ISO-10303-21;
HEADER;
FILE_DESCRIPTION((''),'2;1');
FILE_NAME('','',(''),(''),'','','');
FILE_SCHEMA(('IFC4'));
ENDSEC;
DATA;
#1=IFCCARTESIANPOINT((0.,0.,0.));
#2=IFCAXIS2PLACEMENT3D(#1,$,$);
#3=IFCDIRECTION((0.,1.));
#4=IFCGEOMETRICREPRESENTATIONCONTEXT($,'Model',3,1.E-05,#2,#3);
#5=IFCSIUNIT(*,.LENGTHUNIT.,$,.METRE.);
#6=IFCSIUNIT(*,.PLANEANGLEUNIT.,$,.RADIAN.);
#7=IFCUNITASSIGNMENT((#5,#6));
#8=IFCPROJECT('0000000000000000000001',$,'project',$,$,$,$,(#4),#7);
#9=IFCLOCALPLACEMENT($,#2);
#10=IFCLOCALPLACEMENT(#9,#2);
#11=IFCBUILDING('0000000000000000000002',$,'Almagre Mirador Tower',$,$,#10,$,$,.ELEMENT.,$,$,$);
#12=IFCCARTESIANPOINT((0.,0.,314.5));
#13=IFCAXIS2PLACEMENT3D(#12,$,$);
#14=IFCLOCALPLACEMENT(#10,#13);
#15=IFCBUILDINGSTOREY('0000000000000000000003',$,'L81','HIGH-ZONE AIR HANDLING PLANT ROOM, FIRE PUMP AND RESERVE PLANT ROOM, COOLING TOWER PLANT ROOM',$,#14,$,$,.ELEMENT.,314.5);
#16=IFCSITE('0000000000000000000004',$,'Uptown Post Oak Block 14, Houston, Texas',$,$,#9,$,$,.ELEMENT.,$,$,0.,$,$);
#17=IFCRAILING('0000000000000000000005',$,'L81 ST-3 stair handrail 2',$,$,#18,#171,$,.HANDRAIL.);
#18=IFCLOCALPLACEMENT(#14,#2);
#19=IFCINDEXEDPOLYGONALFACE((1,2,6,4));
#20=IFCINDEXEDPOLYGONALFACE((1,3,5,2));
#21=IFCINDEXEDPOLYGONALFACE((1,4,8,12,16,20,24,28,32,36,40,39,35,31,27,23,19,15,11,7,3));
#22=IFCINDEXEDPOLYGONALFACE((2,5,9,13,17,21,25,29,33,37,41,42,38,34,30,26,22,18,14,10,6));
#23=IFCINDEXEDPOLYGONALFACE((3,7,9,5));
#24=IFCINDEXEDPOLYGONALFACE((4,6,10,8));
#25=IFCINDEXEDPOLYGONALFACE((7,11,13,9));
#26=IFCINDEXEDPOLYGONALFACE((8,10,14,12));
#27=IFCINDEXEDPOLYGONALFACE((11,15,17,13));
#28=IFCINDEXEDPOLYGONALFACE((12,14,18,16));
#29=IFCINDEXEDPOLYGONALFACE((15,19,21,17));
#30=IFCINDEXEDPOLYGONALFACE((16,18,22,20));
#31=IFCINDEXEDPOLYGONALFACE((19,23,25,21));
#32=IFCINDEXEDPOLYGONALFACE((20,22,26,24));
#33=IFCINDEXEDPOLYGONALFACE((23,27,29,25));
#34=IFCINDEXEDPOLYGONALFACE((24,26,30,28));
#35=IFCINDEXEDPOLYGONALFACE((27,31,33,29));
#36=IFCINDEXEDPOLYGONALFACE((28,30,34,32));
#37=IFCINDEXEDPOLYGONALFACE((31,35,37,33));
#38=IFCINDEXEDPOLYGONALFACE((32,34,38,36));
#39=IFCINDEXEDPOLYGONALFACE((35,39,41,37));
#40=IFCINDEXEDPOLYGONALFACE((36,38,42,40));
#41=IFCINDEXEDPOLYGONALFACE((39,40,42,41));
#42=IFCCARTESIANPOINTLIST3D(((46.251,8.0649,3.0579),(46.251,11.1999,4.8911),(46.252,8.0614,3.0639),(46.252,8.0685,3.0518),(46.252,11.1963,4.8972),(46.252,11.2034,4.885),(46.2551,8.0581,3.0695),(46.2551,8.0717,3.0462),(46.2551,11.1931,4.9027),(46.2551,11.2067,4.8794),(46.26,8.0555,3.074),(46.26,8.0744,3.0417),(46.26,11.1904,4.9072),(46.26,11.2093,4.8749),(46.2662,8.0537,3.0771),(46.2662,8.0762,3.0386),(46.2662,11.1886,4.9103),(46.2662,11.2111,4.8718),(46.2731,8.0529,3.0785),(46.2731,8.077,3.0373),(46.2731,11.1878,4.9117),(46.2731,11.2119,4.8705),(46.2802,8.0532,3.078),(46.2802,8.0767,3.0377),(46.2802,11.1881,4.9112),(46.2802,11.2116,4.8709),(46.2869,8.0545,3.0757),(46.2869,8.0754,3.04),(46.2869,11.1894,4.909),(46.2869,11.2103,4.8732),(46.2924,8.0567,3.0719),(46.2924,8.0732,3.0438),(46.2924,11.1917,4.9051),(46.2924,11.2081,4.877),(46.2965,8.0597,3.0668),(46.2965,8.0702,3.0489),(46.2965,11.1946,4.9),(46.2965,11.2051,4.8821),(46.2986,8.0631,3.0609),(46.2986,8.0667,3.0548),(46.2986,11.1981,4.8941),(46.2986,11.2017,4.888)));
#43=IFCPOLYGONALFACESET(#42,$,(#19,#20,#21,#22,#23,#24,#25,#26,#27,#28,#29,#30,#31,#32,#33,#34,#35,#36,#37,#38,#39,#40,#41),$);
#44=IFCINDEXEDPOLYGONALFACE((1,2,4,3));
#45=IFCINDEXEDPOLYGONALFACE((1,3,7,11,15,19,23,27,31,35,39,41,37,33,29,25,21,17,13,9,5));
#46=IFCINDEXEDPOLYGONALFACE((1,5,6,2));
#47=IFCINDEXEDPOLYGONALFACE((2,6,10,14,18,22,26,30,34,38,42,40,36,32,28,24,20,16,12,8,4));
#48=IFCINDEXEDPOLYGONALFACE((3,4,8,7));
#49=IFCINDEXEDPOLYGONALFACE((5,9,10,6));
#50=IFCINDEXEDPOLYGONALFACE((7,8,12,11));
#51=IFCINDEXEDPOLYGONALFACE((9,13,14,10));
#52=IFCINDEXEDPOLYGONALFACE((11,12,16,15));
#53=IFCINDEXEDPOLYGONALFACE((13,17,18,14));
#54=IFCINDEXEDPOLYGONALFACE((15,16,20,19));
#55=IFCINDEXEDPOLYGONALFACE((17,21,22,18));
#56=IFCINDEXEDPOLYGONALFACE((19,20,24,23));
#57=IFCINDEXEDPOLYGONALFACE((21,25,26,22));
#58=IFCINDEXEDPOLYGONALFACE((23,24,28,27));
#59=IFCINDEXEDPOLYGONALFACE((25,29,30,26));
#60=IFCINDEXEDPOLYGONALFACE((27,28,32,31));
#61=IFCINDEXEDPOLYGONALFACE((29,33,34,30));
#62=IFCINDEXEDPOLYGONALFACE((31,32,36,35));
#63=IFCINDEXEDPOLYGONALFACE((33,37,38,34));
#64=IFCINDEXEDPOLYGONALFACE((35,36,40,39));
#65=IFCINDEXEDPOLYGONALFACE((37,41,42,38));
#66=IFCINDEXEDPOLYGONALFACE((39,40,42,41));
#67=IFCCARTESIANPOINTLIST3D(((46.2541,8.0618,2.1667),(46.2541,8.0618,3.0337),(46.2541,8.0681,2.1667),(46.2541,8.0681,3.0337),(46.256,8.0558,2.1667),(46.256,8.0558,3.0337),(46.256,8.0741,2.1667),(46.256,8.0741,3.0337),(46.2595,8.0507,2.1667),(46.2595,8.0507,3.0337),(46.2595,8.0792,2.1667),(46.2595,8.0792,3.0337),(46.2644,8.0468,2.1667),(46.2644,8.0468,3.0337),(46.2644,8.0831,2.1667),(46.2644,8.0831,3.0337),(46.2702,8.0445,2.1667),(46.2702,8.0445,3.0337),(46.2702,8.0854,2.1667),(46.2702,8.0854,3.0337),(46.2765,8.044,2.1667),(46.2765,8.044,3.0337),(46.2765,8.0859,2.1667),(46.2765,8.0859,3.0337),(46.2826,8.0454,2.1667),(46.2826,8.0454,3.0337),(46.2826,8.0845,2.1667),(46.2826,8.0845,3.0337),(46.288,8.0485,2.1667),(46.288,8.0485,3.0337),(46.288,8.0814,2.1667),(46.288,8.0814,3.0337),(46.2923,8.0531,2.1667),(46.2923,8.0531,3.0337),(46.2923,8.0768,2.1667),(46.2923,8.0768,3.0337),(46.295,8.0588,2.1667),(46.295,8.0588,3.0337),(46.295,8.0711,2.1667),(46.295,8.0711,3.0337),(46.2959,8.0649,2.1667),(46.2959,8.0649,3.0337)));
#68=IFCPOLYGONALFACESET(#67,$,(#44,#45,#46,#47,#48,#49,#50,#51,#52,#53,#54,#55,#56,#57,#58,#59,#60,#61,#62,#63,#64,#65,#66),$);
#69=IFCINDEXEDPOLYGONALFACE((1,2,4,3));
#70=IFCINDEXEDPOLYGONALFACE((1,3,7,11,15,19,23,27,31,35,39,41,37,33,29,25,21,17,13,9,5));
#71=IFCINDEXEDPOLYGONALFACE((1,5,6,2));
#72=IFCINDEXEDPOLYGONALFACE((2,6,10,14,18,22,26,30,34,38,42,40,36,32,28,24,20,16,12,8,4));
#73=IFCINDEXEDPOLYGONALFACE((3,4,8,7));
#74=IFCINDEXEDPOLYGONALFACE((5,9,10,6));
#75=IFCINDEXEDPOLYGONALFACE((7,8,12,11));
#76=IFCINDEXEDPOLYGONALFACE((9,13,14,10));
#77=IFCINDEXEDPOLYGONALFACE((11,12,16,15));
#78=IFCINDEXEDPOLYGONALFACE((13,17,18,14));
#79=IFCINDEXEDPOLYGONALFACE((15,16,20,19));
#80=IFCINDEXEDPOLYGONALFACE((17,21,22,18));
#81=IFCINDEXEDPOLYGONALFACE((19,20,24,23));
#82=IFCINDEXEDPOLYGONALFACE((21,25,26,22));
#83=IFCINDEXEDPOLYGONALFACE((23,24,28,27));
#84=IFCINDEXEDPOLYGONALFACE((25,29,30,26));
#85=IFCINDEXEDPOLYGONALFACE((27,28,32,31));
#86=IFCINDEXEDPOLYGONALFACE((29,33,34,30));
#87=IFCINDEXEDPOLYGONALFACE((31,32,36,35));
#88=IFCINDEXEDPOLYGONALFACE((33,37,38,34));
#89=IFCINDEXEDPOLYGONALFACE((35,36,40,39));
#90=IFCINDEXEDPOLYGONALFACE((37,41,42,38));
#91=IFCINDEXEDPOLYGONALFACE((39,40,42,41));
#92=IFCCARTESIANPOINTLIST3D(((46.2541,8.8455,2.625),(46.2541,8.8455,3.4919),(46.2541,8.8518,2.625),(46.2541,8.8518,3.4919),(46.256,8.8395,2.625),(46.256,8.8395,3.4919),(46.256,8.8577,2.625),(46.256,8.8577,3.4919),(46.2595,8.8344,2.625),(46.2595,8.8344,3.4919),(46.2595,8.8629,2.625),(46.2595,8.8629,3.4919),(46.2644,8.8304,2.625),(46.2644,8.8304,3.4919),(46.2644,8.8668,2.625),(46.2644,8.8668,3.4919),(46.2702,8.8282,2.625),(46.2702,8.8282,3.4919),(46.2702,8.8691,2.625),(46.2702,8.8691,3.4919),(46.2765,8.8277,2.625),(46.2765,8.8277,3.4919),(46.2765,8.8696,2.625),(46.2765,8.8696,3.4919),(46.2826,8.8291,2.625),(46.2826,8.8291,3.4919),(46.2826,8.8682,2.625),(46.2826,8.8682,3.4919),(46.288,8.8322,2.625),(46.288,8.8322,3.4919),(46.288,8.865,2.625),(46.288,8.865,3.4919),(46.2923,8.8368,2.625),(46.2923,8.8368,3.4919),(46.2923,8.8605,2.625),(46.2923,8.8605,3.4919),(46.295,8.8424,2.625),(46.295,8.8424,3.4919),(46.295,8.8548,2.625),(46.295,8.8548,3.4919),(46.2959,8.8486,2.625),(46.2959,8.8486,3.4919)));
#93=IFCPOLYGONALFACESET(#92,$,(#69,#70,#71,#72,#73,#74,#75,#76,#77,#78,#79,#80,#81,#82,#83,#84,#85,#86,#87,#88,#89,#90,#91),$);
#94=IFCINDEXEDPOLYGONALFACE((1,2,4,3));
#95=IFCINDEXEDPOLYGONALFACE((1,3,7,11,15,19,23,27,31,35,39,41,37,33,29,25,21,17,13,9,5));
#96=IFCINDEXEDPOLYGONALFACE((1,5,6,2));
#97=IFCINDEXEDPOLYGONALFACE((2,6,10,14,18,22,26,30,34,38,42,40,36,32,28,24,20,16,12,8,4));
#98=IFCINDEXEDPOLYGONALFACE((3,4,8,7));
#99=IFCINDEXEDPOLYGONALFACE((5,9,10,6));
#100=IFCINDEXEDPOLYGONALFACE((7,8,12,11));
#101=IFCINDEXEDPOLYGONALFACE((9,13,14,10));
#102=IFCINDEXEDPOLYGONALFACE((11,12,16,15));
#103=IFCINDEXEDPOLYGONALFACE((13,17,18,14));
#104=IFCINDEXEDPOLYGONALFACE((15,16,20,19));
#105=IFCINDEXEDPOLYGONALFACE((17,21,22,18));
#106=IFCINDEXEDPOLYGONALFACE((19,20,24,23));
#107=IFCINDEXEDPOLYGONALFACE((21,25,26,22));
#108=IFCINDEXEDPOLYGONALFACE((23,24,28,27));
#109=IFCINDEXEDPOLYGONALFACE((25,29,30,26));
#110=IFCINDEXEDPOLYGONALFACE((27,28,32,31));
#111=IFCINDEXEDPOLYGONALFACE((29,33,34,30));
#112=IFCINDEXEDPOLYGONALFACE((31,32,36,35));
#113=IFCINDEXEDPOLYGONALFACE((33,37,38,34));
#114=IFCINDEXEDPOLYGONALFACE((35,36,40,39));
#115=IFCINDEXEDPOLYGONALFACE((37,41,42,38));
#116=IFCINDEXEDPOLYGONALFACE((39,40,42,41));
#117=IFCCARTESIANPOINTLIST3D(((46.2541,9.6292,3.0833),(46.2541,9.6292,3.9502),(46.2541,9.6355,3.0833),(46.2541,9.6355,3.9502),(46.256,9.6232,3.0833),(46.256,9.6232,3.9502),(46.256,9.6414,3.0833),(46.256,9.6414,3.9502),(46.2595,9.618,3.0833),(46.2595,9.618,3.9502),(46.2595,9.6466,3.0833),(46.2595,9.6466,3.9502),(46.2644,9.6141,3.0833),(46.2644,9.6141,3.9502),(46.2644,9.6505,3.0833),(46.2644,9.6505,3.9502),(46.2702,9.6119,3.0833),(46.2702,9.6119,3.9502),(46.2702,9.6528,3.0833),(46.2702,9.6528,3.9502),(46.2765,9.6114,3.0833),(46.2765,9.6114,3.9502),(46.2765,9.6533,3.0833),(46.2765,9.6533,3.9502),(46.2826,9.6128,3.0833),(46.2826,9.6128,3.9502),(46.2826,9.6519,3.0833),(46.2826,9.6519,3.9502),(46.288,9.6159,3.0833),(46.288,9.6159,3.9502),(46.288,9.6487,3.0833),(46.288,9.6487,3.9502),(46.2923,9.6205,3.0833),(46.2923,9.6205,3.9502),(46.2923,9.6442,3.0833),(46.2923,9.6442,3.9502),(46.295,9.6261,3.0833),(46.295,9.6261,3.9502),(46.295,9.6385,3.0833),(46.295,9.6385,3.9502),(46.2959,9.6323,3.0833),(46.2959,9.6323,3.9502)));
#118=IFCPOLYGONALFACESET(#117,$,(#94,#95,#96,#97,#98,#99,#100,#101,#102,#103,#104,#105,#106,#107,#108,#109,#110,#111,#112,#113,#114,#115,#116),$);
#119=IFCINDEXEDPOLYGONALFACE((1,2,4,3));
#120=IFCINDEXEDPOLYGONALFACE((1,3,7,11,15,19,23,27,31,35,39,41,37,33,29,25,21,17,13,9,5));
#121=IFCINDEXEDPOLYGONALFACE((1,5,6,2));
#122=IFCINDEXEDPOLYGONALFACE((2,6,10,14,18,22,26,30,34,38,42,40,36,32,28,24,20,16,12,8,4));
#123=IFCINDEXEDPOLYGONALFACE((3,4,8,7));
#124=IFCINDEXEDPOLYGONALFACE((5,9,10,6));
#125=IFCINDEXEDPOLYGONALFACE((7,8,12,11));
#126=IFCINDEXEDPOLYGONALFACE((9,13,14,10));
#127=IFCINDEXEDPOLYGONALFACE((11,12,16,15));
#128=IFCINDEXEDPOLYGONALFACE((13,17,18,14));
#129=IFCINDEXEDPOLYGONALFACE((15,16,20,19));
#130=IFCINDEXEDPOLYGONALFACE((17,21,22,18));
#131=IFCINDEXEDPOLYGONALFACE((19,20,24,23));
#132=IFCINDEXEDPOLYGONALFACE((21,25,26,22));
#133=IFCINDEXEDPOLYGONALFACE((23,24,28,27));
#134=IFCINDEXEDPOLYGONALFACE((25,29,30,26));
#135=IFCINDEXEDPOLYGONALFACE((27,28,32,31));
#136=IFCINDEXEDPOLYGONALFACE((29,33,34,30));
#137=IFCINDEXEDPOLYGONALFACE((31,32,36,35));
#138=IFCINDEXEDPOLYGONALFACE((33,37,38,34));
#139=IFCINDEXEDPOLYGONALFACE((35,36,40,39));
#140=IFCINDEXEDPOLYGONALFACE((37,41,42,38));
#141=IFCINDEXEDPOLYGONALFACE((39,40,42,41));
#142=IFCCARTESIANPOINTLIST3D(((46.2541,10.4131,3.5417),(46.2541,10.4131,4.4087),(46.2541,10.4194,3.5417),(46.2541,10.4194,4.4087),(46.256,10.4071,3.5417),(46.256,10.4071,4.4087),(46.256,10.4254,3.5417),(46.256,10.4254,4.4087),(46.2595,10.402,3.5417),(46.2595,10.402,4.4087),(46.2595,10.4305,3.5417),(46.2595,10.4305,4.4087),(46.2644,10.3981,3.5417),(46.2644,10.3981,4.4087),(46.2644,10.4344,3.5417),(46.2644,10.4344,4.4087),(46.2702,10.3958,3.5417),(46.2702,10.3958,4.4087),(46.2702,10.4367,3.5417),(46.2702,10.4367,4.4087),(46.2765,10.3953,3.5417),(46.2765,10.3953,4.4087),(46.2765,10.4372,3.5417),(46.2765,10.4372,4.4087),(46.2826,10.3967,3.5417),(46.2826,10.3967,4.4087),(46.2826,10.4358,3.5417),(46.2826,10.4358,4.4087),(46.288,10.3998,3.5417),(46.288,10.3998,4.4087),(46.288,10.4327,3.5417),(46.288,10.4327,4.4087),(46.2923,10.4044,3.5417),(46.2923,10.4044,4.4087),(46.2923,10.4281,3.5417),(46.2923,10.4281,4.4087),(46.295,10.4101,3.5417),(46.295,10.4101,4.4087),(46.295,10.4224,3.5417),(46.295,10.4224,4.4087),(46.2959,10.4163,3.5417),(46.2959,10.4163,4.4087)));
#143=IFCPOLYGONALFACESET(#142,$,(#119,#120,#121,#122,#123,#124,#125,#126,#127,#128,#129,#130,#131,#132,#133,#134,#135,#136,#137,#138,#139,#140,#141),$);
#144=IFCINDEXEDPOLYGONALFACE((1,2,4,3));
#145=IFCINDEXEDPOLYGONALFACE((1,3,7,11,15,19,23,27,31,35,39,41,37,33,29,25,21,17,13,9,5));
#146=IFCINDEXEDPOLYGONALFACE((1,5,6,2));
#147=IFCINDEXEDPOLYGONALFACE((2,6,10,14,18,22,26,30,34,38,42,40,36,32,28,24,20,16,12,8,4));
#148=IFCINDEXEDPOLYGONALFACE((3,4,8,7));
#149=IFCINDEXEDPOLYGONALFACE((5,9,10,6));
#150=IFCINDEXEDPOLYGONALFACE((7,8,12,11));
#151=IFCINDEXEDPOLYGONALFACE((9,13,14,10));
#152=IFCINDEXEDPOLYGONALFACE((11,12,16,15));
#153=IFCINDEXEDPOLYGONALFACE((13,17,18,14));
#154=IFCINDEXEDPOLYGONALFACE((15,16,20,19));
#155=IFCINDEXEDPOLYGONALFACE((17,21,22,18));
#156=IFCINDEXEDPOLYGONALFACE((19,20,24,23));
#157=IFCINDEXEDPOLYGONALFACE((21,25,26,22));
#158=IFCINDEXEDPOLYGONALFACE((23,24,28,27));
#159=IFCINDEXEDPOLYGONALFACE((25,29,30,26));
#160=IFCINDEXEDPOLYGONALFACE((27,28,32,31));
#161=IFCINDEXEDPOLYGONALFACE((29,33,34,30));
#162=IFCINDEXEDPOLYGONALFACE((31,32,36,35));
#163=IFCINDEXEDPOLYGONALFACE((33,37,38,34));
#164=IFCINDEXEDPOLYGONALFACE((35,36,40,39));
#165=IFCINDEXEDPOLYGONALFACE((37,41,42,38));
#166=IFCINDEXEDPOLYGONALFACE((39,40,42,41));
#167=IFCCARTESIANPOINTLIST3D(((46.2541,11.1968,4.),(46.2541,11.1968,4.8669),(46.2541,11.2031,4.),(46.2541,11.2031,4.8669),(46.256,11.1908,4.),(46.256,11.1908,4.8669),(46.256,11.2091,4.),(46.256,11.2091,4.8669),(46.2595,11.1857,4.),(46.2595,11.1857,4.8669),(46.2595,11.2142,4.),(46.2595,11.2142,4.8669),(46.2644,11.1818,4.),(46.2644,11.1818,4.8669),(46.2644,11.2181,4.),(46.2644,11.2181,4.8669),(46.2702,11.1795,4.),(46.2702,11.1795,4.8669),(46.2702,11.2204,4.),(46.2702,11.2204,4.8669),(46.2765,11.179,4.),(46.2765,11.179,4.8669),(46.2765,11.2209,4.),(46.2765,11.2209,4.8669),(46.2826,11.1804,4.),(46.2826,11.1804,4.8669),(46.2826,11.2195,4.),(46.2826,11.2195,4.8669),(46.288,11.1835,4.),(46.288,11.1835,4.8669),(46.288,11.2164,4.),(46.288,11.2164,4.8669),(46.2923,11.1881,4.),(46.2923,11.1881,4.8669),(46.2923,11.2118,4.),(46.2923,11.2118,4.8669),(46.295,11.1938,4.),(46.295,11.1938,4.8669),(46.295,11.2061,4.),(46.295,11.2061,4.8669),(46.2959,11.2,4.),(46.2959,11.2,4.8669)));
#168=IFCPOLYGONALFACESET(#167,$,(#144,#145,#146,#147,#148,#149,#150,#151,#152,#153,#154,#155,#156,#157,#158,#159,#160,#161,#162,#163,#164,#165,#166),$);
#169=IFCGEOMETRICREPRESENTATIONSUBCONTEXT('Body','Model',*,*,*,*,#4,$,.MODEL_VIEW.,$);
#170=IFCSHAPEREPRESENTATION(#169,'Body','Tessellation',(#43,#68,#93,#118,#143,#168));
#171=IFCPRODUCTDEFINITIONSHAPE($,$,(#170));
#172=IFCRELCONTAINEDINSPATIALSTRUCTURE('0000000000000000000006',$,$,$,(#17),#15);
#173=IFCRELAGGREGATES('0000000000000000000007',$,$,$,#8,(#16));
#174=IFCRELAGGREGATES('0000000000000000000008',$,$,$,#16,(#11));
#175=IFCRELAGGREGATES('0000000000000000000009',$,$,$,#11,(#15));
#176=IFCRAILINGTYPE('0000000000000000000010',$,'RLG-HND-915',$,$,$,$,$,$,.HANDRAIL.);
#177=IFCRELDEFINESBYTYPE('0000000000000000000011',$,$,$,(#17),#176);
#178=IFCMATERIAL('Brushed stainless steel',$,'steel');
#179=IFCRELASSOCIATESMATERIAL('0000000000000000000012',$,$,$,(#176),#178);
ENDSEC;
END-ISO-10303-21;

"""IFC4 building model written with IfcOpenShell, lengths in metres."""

from ifc_helpers import new_model, si_unit, direction, frame, origin, origin_2d, place, context, subcontext, project, spatial, circle, extrude, material, type_object, element, save


model = new_model("IFC4")

# Units and contexts
model_context = context("Model", 3, precision=1e-05, world=origin(), true_north=direction((0.0, 1.0)))
body_context = subcontext(model_context, "Body", "Model", "MODEL_VIEW")
ifc_project = project(units=[si_unit("LENGTHUNIT", "METRE"), si_unit("PLANEANGLEUNIT", "RADIAN")], contexts=[model_context])

# Site, building, storey
site_placement = place(None, origin())
site = spatial("IfcSite", under=ifc_project, at=site_placement, Name="Uptown Post Oak Block 14, Houston, Texas", CompositionType="ELEMENT", RefElevation=0.0)
building_placement = place(site_placement, origin())
building = spatial("IfcBuilding", under=site, at=building_placement, Name="Almagre Mirador Tower", CompositionType="ELEMENT")
storey_placement = place(building_placement, frame((0.0, 0.0, 314.5)))
storey = spatial("IfcBuildingStorey", under=building, at=storey_placement, Name="L81", Description="HIGH-ZONE AIR HANDLING PLANT ROOM, FIRE PUMP AND RESERVE PLANT ROOM, COOLING TOWER PLANT ROOM", CompositionType="ELEMENT", Elevation=314.5)

# Railing
ifc_material_1 = material(Name="Brushed stainless steel", Category="steel")
railing_type_1 = type_object("IfcRailingType", Name="RLG-HND-915", PredefinedType="HANDRAIL", material=ifc_material_1)
railing_1_placement = place(storey_placement, frame((46.2749, 8.0649, 2.1667)))
element("IfcRailing", 1, at=railing_1_placement, inside=storey, type_object=railing_type_1, Name="L81 ST-3 stair handrail 2", PredefinedType="HANDRAIL", context=body_context, shape_type="SweptSolid", body=[
    extrude(circle(Radius=0.0239, at=origin_2d()), frame((0.0, 0.0, 0.8911), z_axis=(0.0, 0.86324, 0.504794), x_axis=(-1.0, 0.0, 0.0)), (0.0, 0.0, 1.0), 3.6316),
    extrude(circle(Radius=0.021, at=origin_2d()), origin(), (0.0, 0.0, 1.0), 0.8669),
    extrude(circle(Radius=0.021, at=origin_2d()), frame((0.0, 0.7837, 0.4583)), (0.0, 0.0, 1.0), 0.8669),
    extrude(circle(Radius=0.021, at=origin_2d()), frame((0.0, 1.5674, 0.9165)), (0.0, 0.0, 1.0), 0.8669),
    extrude(circle(Radius=0.021, at=origin_2d()), frame((0.0, 2.3513, 1.375)), (0.0, 0.0, 1.0), 0.8669),
    extrude(circle(Radius=0.021, at=origin_2d()), frame((0.0, 3.135, 1.8333)), (0.0, 0.0, 1.0), 0.8669),
])

save(model, "model.ifc")
